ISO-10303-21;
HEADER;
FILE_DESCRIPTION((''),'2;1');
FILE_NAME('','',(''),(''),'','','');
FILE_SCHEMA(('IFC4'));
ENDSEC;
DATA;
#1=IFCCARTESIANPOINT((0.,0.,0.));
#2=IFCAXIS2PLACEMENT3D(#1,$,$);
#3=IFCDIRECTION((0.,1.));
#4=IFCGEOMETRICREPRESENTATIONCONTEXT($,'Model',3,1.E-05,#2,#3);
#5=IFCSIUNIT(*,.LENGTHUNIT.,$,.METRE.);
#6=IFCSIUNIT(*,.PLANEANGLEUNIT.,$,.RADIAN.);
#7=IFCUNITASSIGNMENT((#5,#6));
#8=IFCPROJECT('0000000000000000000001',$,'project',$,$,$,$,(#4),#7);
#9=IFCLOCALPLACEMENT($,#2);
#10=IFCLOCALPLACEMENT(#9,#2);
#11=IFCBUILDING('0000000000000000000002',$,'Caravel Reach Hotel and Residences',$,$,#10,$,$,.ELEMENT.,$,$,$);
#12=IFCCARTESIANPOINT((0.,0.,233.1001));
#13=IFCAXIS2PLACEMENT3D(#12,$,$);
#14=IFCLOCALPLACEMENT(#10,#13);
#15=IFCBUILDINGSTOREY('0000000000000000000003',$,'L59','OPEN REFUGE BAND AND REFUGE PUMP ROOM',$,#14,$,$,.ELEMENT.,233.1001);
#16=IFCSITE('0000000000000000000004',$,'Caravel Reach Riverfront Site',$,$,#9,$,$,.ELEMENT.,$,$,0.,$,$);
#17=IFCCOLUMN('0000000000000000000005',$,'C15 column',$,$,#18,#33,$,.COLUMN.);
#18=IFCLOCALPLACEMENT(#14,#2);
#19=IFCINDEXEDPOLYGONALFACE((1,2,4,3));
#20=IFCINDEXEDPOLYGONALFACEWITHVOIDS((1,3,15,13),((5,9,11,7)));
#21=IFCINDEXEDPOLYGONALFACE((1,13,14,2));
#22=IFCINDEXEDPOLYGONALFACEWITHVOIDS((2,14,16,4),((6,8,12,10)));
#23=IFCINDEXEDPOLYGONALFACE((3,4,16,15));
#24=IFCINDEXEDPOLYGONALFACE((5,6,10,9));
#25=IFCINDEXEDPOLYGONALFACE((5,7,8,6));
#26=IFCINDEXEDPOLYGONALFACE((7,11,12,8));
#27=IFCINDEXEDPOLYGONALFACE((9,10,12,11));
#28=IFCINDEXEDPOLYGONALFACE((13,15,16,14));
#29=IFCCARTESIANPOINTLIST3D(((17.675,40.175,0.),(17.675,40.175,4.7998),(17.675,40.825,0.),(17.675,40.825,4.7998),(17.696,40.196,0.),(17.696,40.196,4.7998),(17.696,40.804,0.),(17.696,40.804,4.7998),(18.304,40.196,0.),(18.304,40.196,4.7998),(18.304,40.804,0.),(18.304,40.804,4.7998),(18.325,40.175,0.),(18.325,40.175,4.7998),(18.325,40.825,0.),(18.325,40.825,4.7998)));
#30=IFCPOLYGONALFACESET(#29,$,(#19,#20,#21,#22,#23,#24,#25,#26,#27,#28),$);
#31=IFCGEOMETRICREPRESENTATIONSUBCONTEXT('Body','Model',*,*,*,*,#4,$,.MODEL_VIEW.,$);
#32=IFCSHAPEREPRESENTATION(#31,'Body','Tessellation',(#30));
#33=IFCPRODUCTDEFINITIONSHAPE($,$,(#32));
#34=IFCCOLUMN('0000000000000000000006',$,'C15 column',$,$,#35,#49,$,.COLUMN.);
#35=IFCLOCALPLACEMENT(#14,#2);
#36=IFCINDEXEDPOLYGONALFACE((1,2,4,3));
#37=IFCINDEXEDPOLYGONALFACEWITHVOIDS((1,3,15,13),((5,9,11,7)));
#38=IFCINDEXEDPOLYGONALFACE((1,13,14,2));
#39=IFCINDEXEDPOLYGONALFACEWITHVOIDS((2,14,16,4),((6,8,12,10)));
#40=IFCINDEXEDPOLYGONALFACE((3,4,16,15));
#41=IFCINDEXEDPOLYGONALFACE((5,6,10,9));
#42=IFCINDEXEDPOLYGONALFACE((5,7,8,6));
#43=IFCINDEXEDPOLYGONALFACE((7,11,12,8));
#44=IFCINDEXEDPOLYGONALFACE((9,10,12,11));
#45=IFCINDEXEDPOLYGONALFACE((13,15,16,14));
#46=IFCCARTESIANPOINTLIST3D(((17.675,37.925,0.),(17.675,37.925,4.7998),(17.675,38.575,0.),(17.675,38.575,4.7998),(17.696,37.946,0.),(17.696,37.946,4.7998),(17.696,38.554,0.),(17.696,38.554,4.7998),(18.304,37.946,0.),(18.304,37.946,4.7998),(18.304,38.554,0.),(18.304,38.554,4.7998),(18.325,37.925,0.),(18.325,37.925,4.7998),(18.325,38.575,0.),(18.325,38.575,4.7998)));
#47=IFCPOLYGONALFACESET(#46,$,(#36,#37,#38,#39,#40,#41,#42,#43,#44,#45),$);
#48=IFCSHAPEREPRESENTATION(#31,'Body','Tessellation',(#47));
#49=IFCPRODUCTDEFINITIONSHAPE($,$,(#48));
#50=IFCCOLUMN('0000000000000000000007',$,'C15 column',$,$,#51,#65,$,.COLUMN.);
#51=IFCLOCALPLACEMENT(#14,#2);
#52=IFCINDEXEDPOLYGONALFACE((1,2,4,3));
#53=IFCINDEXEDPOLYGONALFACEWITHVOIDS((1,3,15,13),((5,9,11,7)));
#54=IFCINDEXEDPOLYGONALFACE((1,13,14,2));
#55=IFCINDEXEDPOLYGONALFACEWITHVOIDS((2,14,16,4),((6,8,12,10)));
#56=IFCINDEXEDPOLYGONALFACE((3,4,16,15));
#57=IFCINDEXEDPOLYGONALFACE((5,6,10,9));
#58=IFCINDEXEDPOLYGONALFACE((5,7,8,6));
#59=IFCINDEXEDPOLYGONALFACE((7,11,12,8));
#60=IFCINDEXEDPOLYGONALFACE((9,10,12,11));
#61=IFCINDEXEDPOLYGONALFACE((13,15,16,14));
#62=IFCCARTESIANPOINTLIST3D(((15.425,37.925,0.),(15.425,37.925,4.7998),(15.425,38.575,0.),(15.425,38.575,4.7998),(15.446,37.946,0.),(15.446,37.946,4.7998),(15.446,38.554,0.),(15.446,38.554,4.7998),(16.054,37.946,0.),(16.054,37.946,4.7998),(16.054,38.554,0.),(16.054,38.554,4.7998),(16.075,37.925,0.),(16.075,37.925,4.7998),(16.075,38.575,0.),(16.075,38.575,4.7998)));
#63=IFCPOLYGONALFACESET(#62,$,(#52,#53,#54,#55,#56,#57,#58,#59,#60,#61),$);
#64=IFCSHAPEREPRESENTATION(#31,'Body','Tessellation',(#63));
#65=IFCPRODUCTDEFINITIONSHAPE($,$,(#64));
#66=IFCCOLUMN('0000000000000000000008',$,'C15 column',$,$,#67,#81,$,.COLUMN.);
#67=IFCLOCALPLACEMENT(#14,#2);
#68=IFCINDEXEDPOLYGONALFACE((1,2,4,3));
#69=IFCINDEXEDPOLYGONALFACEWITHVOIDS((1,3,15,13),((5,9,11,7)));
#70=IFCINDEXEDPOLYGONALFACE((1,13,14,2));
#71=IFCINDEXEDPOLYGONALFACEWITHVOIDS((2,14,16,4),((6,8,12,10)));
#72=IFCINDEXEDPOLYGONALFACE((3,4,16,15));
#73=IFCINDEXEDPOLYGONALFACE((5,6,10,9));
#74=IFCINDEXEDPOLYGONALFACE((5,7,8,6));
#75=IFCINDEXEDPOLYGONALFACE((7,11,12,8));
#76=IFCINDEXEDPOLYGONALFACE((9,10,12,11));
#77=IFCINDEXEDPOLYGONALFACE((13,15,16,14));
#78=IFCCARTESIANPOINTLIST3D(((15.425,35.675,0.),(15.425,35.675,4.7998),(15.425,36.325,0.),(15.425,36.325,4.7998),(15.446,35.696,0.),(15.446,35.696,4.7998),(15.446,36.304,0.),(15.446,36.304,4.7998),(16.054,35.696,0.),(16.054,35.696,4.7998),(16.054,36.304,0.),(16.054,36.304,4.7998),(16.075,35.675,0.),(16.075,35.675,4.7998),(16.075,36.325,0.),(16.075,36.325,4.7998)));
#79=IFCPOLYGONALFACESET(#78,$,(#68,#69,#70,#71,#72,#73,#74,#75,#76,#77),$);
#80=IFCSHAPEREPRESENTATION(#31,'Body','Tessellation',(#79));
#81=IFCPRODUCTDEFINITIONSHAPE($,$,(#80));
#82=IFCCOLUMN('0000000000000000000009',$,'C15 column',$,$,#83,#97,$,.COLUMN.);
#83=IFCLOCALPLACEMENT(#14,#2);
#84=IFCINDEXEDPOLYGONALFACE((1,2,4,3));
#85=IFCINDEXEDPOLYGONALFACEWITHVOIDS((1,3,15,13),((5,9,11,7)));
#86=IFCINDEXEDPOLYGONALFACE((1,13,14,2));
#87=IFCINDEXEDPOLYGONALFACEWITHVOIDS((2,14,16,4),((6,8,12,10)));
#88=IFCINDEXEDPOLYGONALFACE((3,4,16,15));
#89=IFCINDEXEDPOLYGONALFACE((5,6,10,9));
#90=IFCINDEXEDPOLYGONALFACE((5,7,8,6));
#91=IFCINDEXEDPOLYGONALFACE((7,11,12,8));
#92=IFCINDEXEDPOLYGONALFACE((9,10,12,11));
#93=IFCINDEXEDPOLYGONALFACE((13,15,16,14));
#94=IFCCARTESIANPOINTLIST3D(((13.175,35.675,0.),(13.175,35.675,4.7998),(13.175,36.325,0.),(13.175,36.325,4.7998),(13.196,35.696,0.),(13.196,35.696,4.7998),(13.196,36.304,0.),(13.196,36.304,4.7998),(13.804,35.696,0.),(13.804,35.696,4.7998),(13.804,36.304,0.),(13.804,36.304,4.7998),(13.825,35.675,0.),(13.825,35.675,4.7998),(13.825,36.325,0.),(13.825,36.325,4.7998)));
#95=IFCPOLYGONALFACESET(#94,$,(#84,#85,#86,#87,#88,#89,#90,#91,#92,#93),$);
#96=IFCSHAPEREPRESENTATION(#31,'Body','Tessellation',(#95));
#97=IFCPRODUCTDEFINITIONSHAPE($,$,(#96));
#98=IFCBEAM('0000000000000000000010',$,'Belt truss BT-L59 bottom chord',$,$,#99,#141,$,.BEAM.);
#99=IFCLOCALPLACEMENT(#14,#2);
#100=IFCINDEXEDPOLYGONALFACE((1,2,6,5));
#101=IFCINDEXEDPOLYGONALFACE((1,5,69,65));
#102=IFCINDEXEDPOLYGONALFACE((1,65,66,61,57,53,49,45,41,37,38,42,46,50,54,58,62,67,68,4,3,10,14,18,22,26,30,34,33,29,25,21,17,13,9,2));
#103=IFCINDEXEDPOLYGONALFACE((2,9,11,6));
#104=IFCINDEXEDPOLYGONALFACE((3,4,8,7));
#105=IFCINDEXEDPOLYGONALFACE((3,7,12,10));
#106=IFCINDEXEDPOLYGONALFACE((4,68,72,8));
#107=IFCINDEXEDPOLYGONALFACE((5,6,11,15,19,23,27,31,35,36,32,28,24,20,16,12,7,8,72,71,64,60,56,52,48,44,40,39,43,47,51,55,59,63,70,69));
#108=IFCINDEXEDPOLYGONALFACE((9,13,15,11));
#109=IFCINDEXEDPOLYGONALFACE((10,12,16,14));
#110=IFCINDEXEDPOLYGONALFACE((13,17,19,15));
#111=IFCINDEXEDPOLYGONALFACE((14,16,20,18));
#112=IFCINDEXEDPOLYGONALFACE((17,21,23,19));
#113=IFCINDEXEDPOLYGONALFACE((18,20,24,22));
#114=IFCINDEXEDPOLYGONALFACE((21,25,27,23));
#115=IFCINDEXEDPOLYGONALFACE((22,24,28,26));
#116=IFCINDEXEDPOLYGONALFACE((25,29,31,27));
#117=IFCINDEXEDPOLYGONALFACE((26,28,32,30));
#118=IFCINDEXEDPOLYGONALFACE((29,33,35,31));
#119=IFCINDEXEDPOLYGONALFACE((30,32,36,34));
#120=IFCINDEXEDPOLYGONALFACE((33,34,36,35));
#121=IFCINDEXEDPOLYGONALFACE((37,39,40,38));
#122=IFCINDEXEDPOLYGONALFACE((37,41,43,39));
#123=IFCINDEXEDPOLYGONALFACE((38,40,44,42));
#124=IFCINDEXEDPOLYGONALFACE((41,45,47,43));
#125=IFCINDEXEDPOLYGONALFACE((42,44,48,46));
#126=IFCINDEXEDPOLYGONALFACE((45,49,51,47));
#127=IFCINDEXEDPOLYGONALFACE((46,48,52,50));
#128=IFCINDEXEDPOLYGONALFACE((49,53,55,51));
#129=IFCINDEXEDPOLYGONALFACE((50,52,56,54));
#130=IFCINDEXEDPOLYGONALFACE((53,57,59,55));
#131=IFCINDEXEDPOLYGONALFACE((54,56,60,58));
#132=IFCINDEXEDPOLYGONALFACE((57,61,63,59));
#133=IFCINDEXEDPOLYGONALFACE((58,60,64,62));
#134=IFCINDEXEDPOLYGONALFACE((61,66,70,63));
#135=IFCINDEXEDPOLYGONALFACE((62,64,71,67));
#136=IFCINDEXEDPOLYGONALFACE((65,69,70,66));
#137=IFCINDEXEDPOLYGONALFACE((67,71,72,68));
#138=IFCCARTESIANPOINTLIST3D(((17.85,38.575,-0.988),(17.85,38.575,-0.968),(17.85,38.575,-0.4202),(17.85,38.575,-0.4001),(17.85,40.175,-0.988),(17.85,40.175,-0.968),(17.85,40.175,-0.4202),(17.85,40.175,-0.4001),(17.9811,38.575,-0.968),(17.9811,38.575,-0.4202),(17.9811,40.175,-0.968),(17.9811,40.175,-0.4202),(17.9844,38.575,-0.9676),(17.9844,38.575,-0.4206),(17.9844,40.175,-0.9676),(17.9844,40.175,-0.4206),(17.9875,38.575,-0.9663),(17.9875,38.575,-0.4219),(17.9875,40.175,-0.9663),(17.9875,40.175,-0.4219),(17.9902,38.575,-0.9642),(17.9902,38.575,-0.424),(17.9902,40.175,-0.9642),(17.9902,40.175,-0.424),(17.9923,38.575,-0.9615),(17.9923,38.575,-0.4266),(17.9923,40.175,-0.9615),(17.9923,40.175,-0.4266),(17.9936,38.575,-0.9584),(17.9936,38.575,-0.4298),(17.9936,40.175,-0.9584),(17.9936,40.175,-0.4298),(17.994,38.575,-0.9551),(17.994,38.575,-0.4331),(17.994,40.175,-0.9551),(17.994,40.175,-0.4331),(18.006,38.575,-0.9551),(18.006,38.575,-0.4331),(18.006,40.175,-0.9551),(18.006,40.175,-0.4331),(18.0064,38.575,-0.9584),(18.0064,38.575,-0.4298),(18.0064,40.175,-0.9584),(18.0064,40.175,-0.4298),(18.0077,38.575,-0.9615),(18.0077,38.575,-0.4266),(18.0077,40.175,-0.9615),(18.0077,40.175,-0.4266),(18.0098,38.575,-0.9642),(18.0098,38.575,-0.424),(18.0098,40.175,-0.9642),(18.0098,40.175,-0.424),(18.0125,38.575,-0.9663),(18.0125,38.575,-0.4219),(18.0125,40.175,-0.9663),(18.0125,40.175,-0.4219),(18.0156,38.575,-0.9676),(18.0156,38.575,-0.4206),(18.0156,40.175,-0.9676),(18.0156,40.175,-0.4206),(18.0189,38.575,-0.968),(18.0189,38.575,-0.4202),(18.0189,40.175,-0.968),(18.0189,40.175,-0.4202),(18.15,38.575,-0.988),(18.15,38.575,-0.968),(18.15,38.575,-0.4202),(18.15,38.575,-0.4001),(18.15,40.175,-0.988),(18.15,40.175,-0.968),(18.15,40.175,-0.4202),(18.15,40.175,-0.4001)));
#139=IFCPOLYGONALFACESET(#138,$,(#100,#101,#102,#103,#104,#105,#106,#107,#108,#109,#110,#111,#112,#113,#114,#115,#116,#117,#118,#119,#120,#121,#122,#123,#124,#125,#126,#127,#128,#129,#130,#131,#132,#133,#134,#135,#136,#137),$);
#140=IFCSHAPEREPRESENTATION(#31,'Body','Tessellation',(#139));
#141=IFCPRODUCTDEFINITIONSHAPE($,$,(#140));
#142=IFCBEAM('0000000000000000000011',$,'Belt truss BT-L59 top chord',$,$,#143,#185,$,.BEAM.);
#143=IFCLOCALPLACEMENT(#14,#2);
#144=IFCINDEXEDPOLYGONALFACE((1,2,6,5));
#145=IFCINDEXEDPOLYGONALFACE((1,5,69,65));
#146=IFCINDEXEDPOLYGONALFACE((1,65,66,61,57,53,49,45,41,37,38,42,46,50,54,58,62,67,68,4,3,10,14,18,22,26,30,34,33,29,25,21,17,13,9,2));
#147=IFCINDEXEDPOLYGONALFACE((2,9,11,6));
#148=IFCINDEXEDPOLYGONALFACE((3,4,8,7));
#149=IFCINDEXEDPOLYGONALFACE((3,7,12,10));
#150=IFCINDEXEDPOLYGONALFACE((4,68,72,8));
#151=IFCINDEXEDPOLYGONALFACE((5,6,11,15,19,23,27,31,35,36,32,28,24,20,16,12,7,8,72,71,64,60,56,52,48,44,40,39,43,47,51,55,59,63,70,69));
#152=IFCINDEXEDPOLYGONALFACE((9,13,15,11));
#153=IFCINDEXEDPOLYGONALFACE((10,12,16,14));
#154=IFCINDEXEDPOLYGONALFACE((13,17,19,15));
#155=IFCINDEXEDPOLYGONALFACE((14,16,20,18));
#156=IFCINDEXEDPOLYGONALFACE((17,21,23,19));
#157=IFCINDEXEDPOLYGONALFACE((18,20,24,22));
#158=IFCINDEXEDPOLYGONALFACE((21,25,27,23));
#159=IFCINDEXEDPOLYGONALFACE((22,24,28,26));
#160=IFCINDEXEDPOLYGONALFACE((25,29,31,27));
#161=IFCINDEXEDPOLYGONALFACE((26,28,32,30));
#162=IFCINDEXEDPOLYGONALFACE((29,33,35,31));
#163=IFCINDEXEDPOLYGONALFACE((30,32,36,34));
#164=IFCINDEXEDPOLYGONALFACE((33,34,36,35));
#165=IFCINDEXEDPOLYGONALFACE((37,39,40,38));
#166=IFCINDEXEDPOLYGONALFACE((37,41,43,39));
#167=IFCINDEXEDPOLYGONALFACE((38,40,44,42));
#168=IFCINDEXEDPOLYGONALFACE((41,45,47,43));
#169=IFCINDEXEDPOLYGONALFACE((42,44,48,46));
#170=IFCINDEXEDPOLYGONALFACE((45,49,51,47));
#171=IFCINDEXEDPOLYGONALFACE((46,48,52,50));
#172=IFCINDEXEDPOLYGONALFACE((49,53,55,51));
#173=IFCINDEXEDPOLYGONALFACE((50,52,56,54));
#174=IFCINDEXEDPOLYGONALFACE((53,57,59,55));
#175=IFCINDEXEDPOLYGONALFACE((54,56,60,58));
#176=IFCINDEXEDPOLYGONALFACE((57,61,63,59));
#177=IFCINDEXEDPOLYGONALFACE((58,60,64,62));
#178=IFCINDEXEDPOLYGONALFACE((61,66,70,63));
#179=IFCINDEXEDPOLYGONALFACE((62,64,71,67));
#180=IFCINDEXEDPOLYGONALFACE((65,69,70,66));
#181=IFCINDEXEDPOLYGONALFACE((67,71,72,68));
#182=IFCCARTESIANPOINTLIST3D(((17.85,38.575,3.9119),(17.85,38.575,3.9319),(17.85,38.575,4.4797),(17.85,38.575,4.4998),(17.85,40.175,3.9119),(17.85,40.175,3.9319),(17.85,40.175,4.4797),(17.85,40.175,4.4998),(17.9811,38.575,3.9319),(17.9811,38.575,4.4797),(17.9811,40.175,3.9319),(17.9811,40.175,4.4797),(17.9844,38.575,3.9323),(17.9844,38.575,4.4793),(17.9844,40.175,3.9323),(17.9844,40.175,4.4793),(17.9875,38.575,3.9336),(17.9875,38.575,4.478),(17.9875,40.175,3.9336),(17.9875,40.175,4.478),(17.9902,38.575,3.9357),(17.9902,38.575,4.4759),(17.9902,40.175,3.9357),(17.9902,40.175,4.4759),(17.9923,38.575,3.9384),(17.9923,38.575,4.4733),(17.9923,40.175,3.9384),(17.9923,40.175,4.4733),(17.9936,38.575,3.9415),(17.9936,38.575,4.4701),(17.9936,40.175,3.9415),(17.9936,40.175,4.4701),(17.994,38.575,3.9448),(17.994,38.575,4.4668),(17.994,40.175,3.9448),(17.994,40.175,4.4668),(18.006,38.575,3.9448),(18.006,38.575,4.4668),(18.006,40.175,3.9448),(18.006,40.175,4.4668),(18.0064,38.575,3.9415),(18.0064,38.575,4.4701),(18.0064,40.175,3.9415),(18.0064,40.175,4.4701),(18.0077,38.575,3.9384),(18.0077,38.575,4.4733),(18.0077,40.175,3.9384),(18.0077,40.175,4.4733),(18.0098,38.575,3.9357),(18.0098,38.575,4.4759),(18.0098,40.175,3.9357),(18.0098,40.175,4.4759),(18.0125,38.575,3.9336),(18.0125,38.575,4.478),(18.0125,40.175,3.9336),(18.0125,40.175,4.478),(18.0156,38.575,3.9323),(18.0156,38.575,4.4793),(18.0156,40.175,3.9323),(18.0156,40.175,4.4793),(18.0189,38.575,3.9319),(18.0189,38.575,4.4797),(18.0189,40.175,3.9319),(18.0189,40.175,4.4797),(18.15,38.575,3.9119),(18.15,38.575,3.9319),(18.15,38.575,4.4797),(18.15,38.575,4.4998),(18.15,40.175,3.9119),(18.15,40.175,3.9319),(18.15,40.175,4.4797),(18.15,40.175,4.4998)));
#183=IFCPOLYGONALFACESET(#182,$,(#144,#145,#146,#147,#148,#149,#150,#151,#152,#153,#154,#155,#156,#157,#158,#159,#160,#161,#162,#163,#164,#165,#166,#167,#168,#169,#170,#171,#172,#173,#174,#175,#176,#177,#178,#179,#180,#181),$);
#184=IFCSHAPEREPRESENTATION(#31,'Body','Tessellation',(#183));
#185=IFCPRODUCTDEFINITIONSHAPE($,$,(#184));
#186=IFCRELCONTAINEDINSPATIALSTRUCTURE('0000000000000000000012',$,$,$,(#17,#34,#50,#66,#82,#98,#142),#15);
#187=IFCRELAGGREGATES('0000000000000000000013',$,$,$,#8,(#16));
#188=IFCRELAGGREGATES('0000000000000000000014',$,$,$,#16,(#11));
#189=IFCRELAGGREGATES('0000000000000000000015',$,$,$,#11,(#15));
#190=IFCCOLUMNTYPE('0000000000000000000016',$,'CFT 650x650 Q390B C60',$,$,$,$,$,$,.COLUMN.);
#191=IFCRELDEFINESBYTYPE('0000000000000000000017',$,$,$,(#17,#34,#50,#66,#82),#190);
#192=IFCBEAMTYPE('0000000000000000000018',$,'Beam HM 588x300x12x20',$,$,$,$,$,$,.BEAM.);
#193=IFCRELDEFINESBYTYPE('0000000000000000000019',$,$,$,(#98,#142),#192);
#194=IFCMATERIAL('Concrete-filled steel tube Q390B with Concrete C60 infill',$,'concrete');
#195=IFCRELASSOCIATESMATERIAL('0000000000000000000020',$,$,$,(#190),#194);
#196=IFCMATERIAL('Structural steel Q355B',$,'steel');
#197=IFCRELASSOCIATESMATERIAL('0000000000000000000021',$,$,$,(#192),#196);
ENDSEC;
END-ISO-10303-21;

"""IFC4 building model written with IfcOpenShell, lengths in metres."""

from ifc_helpers import new_model, si_unit, direction, frame, origin, origin_2d, place, context, subcontext, project, spatial, hollow_rectangle, i_section, extrude, material, material_profile, profile_set, type_object, element, save


model = new_model("IFC4")

# Units and contexts
model_context = context("Model", 3, precision=1e-05, world=origin(), true_north=direction((0.0, 1.0)))
body_context = subcontext(model_context, "Body", "Model", "MODEL_VIEW")
ifc_project = project(units=[si_unit("LENGTHUNIT", "METRE"), si_unit("PLANEANGLEUNIT", "RADIAN")], contexts=[model_context])

# Site, building, storey
site_placement = place(None, origin())
site = spatial("IfcSite", under=ifc_project, at=site_placement, Name="Caravel Reach Riverfront Site", CompositionType="ELEMENT", RefElevation=0.0)
building_placement = place(site_placement, origin())
building = spatial("IfcBuilding", under=site, at=building_placement, Name="Caravel Reach Hotel and Residences", CompositionType="ELEMENT")
storey_placement = place(building_placement, frame((0.0, 0.0, 233.1001)))
storey = spatial("IfcBuildingStorey", under=building, at=storey_placement, Name="L59", Description="OPEN REFUGE BAND AND REFUGE PUMP ROOM", CompositionType="ELEMENT", Elevation=233.1001)

# Columns
ifc_material_1 = material(Name="Concrete-filled steel tube Q390B with Concrete C60 infill", Category="concrete")
ifc_material_profile_1 = material_profile(ifc_material_1, hollow_rectangle(XDim=0.6499, YDim=0.6499, WallThickness=0.021, at=origin_2d()), Name="RHS 650x650x21")
ifc_profile_set_1 = profile_set([ifc_material_profile_1], Name="Concrete-filled steel tube Q390B with Concrete C60 infill")
column_type = type_object("IfcColumnType", Name="CFT 650x650 Q390B C60", PredefinedType="COLUMN", material=ifc_profile_set_1)
for number, where, z_axis, x_axis, name in (
    (1, (18.0, 40.5, 0.0), (0.0, 0.0, 1.0), (1.0, 0.0, 0.0), "C15 column"),
    (2, (18.0, 38.25, 0.0), (0.0, 0.0, 1.0), (1.0, 0.0, 0.0), "C15 column"),
    (3, (15.75, 38.25, 0.0), (0.0, 0.0, 1.0), (1.0, 0.0, 0.0), "C15 column"),
    (4, (15.75, 36.0, 0.0), (0.0, 0.0, 1.0), (1.0, 0.0, 0.0), "C15 column"),
    (5, (13.5, 36.0, 0.0), (0.0, 0.0, 1.0), (1.0, 0.0, 0.0), "C15 column"),
):
    element("IfcColumn", number, at=place(storey_placement, frame(where, z_axis=z_axis, x_axis=x_axis)), inside=storey, type_object=column_type, Name=name, PredefinedType="COLUMN", context=body_context, shape_type="SweptSolid", body=[
        extrude(hollow_rectangle(XDim=0.6499, YDim=0.6499, WallThickness=0.021, at=origin_2d()), origin(), (0.0, 0.0, 1.0), 4.7998),
    ])

# Beams
ifc_material_2 = material(Name="Structural steel Q355B", Category="steel")
ifc_material_profile_2 = material_profile(ifc_material_2, i_section(OverallWidth=0.3, OverallDepth=0.5879, WebThickness=0.012, FlangeThickness=0.02, FilletRadius=0.0129, at=origin_2d()), Name="HM 588x300x12x20")
ifc_profile_set_2 = profile_set([ifc_material_profile_2], Name="Structural steel Q355B")
beam_type = type_object("IfcBeamType", Name="Beam HM 588x300x12x20", PredefinedType="BEAM", material=ifc_profile_set_2)
for number, where, z_axis, x_axis, name in (
    (6, (18.0, 40.175, -0.6941), (0.0, -1.0, 0.0), (1.0, 0.0, 0.0), "Belt truss BT-L59 bottom chord"),
    (7, (18.0, 40.175, 4.2058), (0.0, -1.0, 0.0), (1.0, 0.0, 0.0), "Belt truss BT-L59 top chord"),
):
    element("IfcBeam", number, at=place(storey_placement, frame(where, z_axis=z_axis, x_axis=x_axis)), inside=storey, type_object=beam_type, Name=name, PredefinedType="BEAM", context=body_context, shape_type="SweptSolid", body=[
        extrude(i_section(OverallWidth=0.3, OverallDepth=0.5879, WebThickness=0.012, FlangeThickness=0.02, FilletRadius=0.0129, at=origin_2d()), origin(), (0.0, 0.0, 1.0), 1.6001),
    ])

save(model, "model.ifc")
